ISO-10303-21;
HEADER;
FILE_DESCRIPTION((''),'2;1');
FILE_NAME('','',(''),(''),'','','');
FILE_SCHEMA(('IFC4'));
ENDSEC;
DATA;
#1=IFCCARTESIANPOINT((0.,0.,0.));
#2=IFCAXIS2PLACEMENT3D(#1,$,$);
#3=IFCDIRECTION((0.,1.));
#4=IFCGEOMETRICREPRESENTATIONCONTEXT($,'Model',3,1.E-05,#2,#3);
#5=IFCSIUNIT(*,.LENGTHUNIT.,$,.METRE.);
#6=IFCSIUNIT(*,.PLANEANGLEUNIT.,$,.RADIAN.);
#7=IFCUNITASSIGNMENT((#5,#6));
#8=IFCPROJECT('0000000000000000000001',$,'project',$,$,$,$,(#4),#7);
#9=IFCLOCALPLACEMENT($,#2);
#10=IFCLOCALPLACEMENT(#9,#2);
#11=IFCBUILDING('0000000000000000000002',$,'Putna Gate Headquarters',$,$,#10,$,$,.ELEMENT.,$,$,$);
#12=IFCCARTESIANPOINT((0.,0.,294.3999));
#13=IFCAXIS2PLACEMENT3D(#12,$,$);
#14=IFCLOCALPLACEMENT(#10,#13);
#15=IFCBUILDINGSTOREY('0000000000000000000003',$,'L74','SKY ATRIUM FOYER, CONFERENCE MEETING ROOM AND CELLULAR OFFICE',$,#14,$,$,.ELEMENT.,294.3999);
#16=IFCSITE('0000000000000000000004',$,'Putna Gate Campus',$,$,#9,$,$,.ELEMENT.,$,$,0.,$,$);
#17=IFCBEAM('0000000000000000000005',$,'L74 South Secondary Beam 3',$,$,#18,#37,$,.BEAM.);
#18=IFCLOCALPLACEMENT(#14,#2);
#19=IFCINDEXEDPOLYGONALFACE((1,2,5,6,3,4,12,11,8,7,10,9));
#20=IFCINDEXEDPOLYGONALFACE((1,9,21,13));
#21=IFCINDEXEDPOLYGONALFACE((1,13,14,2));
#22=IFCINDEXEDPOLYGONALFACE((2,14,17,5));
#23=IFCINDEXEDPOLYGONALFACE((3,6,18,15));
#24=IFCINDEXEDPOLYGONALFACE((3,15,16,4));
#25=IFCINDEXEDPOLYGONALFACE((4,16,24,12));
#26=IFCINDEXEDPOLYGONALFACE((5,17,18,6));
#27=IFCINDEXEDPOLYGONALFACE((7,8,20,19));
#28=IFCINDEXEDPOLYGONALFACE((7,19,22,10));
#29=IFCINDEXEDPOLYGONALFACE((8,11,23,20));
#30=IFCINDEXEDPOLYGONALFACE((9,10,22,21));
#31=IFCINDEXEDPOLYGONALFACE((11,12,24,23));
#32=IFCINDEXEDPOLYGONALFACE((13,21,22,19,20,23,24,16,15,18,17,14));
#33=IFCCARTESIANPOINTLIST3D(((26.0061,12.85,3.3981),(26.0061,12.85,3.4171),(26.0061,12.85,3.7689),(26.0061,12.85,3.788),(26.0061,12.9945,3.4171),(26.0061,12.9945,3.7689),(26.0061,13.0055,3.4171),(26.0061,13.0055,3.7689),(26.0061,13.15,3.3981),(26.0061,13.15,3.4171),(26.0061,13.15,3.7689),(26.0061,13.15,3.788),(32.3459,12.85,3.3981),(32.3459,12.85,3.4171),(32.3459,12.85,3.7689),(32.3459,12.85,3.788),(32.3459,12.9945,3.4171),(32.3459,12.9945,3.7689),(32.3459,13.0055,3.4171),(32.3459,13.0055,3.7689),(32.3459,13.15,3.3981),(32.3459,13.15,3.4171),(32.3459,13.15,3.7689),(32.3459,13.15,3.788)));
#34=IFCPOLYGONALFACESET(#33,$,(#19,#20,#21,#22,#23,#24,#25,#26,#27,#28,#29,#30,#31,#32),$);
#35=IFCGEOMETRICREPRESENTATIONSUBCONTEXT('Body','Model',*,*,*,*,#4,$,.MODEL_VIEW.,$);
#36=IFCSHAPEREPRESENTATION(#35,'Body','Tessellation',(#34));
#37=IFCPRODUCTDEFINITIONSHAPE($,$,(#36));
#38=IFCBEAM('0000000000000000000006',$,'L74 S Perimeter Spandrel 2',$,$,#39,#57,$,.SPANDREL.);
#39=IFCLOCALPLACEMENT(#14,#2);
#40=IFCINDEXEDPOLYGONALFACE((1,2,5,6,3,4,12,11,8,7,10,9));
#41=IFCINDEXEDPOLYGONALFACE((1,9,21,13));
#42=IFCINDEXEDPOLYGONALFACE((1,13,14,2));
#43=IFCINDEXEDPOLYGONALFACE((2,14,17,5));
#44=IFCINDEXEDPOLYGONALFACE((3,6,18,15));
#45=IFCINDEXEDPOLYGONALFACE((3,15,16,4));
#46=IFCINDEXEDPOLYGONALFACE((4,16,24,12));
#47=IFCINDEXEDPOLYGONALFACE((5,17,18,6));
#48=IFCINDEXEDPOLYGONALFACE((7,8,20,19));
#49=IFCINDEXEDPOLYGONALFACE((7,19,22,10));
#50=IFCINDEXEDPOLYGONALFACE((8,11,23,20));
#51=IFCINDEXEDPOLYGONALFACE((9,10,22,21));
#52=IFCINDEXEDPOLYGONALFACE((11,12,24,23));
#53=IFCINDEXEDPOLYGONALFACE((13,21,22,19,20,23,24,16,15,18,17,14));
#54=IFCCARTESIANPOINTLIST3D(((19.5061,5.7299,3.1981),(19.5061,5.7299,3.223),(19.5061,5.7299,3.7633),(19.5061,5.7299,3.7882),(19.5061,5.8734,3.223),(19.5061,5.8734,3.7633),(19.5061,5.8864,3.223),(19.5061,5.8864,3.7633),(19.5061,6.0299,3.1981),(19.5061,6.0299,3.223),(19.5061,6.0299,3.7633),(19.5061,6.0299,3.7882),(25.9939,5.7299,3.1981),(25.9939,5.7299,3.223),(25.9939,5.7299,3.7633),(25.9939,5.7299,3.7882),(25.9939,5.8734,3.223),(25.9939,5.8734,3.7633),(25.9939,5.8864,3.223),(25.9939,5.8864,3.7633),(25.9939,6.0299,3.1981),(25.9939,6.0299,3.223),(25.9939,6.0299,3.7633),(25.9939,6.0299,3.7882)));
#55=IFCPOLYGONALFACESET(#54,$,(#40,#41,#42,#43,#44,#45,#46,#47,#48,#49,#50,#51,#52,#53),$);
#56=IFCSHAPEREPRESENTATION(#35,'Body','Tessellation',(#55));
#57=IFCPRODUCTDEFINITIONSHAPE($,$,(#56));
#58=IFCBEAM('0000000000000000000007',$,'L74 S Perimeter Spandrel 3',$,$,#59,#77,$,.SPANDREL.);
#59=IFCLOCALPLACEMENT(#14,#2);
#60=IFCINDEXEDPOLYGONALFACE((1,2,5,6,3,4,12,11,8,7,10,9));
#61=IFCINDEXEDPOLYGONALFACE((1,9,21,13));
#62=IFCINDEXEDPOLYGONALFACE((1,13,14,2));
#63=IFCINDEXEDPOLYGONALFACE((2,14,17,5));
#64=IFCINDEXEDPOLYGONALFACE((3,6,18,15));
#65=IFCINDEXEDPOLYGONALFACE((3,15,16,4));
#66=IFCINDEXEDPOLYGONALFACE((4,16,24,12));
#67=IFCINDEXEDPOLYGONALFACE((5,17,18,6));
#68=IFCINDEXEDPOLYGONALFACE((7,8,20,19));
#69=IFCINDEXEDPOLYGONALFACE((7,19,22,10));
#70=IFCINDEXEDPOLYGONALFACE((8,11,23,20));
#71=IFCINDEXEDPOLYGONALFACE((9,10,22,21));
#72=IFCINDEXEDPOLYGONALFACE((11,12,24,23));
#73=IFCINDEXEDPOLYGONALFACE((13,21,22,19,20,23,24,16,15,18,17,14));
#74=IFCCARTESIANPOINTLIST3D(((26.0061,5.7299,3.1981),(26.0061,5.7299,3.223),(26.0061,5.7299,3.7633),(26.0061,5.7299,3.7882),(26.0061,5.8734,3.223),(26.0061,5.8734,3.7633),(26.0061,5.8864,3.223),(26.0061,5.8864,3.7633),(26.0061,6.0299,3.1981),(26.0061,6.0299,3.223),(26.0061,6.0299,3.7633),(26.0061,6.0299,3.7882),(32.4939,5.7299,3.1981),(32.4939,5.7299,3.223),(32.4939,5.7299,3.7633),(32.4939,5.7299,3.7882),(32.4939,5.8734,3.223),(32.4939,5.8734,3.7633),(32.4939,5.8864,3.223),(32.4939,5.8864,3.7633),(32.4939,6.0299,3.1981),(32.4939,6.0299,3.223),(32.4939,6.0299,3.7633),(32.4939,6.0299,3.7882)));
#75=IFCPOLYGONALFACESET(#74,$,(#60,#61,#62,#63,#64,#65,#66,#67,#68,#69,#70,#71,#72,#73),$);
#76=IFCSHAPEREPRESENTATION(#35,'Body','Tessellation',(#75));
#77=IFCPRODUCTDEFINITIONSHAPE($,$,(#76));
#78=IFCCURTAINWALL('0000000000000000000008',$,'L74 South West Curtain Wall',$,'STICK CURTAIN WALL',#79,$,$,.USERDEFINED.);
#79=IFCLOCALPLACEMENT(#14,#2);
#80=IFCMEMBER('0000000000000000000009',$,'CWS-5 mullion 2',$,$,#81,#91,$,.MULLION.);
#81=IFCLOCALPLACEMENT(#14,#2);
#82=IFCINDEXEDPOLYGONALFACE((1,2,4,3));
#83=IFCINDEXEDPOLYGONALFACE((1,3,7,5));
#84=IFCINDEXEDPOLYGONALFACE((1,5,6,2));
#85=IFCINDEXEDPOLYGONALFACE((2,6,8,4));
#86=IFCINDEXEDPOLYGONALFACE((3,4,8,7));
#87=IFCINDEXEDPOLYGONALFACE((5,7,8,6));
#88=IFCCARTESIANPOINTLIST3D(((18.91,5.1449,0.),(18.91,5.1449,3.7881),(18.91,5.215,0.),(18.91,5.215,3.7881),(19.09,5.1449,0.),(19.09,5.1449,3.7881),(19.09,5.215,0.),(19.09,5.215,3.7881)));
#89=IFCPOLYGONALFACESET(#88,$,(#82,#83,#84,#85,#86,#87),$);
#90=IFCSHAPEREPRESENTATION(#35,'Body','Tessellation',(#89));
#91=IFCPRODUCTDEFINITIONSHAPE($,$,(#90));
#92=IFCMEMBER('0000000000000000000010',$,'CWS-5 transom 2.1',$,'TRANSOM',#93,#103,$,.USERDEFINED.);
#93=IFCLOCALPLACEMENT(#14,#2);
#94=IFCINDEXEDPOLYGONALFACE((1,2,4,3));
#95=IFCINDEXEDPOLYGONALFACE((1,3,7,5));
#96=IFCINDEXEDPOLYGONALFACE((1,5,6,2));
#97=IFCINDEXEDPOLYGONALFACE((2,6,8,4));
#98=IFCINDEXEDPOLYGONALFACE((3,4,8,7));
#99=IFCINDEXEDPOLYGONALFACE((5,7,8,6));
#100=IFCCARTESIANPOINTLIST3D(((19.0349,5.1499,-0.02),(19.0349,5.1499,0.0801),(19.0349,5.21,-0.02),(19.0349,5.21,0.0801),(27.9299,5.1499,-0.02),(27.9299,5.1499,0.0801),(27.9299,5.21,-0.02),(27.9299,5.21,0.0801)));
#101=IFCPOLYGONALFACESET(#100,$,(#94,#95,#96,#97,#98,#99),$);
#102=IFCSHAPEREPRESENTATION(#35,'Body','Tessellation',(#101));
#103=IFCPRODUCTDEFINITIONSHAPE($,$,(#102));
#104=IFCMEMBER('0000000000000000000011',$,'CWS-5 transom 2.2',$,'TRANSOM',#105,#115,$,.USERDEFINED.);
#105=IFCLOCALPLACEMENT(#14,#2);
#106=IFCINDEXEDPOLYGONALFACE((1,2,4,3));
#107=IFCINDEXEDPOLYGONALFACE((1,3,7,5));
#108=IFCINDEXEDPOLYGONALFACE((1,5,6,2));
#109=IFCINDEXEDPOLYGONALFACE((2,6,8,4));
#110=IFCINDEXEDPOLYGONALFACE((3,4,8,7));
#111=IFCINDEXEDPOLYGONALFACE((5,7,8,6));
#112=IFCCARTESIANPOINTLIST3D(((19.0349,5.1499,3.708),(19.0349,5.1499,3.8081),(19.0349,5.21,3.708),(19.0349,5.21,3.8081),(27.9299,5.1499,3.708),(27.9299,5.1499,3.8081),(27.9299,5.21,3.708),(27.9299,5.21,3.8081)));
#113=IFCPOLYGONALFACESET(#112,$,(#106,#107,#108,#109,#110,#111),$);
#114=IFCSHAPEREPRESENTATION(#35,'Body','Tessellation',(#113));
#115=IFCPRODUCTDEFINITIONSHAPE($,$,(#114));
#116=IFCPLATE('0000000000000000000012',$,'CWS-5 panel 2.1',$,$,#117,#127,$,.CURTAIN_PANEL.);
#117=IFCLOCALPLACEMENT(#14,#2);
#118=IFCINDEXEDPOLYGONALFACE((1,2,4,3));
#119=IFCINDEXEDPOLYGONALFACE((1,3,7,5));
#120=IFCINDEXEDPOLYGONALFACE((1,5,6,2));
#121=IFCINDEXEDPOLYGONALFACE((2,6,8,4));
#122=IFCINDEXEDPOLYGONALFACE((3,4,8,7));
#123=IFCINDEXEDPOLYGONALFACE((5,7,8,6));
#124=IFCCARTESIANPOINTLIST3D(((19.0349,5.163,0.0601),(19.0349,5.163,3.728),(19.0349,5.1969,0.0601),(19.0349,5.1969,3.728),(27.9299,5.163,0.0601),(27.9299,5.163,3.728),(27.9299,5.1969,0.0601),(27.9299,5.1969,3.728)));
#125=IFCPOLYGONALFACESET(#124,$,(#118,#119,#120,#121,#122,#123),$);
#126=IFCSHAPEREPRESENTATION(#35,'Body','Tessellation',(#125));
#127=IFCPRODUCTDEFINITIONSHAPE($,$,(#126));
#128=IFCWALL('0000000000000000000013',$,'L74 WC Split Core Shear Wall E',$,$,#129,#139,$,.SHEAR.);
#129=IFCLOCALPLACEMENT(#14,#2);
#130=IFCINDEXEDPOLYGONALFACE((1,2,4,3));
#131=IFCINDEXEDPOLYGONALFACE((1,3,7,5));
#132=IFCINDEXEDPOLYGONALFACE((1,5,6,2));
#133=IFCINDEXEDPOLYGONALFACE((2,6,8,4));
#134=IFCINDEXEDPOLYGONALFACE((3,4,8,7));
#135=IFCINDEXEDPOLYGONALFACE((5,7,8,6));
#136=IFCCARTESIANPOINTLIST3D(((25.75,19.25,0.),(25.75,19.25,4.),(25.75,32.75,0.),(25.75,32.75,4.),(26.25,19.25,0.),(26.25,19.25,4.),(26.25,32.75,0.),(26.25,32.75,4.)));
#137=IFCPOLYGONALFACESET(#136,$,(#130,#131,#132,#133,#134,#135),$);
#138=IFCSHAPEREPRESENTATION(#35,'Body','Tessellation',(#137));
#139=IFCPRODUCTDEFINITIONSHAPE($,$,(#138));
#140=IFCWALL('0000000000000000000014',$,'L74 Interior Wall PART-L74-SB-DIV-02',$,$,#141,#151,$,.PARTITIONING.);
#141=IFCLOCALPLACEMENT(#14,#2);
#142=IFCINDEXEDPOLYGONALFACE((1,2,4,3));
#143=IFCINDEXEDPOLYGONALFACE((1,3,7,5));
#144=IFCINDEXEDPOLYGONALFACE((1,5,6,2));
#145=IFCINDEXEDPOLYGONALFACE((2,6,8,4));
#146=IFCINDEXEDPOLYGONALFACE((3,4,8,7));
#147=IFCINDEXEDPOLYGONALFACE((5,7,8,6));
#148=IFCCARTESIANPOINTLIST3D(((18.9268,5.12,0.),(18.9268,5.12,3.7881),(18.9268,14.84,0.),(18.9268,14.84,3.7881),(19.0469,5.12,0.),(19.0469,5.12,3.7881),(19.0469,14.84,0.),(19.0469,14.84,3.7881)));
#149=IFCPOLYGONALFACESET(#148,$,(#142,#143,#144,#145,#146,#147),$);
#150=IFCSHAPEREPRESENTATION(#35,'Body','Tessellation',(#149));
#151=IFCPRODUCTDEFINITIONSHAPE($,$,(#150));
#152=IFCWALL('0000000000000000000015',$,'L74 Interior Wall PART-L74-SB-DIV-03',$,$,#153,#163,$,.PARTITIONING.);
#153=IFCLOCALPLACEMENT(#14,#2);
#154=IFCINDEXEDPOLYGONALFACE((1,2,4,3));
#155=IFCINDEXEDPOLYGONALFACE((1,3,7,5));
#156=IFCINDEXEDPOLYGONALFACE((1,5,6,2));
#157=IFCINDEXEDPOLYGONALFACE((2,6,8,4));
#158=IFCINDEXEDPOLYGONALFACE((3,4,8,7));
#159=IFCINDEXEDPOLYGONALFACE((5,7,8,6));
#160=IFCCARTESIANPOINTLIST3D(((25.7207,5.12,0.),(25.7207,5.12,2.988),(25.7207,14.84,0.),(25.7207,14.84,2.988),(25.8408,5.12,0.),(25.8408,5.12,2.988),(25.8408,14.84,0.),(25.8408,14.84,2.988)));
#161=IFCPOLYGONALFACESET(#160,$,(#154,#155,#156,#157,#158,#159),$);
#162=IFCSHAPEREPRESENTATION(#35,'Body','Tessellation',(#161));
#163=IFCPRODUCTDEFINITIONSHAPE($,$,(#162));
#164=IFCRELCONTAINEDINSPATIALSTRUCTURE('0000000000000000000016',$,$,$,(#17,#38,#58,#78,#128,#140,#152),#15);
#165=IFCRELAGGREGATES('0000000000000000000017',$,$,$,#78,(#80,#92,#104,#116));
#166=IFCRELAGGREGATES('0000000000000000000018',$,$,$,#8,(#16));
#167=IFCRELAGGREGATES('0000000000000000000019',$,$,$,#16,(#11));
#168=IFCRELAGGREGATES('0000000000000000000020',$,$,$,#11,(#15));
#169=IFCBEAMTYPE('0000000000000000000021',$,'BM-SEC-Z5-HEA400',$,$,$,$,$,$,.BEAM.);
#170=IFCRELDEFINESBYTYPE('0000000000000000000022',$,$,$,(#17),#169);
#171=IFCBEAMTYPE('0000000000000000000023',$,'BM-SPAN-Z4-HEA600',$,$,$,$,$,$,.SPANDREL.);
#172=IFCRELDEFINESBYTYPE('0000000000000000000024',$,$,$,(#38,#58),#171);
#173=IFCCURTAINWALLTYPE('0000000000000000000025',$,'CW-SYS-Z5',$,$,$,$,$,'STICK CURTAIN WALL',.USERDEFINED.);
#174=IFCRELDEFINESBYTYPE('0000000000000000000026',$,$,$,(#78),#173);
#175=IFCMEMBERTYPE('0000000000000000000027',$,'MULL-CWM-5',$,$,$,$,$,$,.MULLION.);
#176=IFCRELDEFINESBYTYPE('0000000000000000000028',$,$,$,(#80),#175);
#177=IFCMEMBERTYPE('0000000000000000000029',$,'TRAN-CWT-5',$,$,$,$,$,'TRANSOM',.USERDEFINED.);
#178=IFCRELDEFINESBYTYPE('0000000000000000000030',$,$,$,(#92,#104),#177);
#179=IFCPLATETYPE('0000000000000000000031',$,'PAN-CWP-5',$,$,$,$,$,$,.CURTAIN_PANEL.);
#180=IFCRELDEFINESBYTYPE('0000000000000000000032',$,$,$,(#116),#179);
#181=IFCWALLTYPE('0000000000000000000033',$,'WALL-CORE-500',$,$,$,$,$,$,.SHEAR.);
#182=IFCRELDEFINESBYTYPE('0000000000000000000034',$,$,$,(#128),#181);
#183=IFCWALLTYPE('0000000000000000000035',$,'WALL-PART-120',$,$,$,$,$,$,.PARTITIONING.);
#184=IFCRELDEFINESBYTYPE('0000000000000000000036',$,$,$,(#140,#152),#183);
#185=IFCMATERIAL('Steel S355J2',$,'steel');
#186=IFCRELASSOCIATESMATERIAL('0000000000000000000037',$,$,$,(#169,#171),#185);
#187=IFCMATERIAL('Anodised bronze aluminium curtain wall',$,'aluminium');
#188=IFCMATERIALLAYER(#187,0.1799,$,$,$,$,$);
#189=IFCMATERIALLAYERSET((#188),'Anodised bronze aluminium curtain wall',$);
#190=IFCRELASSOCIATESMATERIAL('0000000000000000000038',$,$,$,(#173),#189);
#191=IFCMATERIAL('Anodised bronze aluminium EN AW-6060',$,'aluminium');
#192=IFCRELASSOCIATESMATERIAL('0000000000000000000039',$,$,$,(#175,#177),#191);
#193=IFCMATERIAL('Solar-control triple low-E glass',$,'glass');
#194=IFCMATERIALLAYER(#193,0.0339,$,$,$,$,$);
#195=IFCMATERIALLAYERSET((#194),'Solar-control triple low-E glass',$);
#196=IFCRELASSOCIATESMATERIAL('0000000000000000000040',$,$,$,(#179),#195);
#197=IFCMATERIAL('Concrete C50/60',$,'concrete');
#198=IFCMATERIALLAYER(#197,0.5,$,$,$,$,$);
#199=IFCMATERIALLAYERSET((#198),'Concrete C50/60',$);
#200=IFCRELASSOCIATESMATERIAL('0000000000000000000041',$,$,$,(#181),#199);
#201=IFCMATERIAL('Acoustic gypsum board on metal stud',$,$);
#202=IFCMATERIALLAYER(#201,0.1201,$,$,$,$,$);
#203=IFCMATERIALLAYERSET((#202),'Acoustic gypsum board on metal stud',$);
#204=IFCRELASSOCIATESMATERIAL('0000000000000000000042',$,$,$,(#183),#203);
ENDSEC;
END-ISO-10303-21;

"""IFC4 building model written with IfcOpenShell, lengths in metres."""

from ifc_helpers import new_model, si_unit, direction, frame, frame_2d, origin, origin_2d, place, context, subcontext, project, spatial, rectangle, i_section, extrude, material, layer, layer_set, material_profile, profile_set, type_object, element, aggregate, save


model = new_model("IFC4")

# Units and contexts
model_context = context("Model", 3, precision=1e-05, world=origin(), true_north=direction((0.0, 1.0)))
body_context = subcontext(model_context, "Body", "Model", "MODEL_VIEW")
ifc_project = project(units=[si_unit("LENGTHUNIT", "METRE"), si_unit("PLANEANGLEUNIT", "RADIAN")], contexts=[model_context])

# Site, building, storey
site_placement = place(None, origin())
site = spatial("IfcSite", under=ifc_project, at=site_placement, Name="Putna Gate Campus", CompositionType="ELEMENT", RefElevation=0.0)
building_placement = place(site_placement, origin())
building = spatial("IfcBuilding", under=site, at=building_placement, Name="Putna Gate Headquarters", CompositionType="ELEMENT")
storey_placement = place(building_placement, frame((0.0, 0.0, 294.3999)))
storey = spatial("IfcBuildingStorey", under=building, at=storey_placement, Name="L74", Description="SKY ATRIUM FOYER, CONFERENCE MEETING ROOM AND CELLULAR OFFICE", CompositionType="ELEMENT", Elevation=294.3999)

# Beams
ifc_material_1 = material(Name="Steel S355J2", Category="steel")
ifc_material_profile_1 = material_profile(ifc_material_1, i_section(OverallWidth=0.3, OverallDepth=0.3899, WebThickness=0.011, FlangeThickness=0.019, at=origin_2d()), Name="Steel S355J2")
ifc_profile_set_1 = profile_set([ifc_material_profile_1], Name="Steel S355J2")
beam_type_1 = type_object("IfcBeamType", Name="BM-SEC-Z5-HEA400", PredefinedType="BEAM", material=ifc_profile_set_1)
for number, where, z_axis, x_axis, name in (
    (1, (26.0061, 13.0, 3.593), (1.0, 0.0, 0.0), (0.0, 1.0, 0.0), "L74 South Secondary Beam 3"),
):
    element("IfcBeam", number, at=place(storey_placement, frame(where, z_axis=z_axis, x_axis=x_axis)), inside=storey, type_object=beam_type_1, Name=name, PredefinedType="BEAM", context=body_context, shape_type="SweptSolid", body=[
        extrude(i_section(OverallWidth=0.3, OverallDepth=0.3899, WebThickness=0.011, FlangeThickness=0.019, at=origin_2d()), origin(), (0.0, 0.0, 1.0), 6.3398),
    ])
ifc_material_profile_2 = material_profile(ifc_material_1, i_section(OverallWidth=0.3, OverallDepth=0.5901, WebThickness=0.0129, FlangeThickness=0.0249, at=origin_2d()), Name="Steel S355J2")
ifc_profile_set_2 = profile_set([ifc_material_profile_2], Name="Steel S355J2")
beam_type_2 = type_object("IfcBeamType", Name="BM-SPAN-Z4-HEA600", PredefinedType="SPANDREL", material=ifc_profile_set_2)
for number, where, z_axis, x_axis, name in (
    (2, (19.5061, 5.8799, 3.4932), (1.0, 0.0, 0.0), (0.0, 1.0, 0.0), "L74 S Perimeter Spandrel 2"),
    (3, (26.0061, 5.8799, 3.4932), (1.0, 0.0, 0.0), (0.0, 1.0, 0.0), "L74 S Perimeter Spandrel 3"),
):
    element("IfcBeam", number, at=place(storey_placement, frame(where, z_axis=z_axis, x_axis=x_axis)), inside=storey, type_object=beam_type_2, Name=name, PredefinedType="SPANDREL", context=body_context, shape_type="SweptSolid", body=[
        extrude(i_section(OverallWidth=0.3, OverallDepth=0.5901, WebThickness=0.0129, FlangeThickness=0.0249, at=origin_2d()), origin(), (0.0, 0.0, 1.0), 6.4878),
    ])

# Curtain wall, members, plate
ifc_material_2 = material(Name="Anodised bronze aluminium curtain wall", Category="aluminium")
ifc_layer_1 = layer(ifc_material_2, 0.1799)
ifc_layer_set_1 = layer_set([ifc_layer_1], Name="Anodised bronze aluminium curtain wall")
curtain_wall_type = type_object("IfcCurtainWallType", Name="CW-SYS-Z5", ElementType="STICK CURTAIN WALL", PredefinedType="USERDEFINED", material=ifc_layer_set_1)
curtain_wall_placement = place(storey_placement, origin())
curtain_wall = element("IfcCurtainWall", 4, at=curtain_wall_placement, inside=storey, type_object=curtain_wall_type, Name="L74 South West Curtain Wall", ObjectType="STICK CURTAIN WALL", PredefinedType="USERDEFINED")
ifc_material_3 = material(Name="Anodised bronze aluminium EN AW-6060", Category="aluminium")
ifc_material_profile_3 = material_profile(ifc_material_3, rectangle(XDim=0.0701, YDim=0.1799, at=origin_2d()), Name="Anodised bronze aluminium EN AW-6060")
ifc_profile_set_3 = profile_set([ifc_material_profile_3], Name="Anodised bronze aluminium EN AW-6060")
member_type_1 = type_object("IfcMemberType", Name="MULL-CWM-5", PredefinedType="MULLION", material=ifc_profile_set_3)
member_1_placement = place(storey_placement, frame((19.0, 5.1799, 0.0), z_axis=(0.0, 0.0, 1.0), x_axis=(0.0, 1.0, 0.0)))
member_1 = element("IfcMember", 5, at=member_1_placement, type_object=member_type_1, Name="CWS-5 mullion 2", PredefinedType="MULLION", context=body_context, shape_type="SweptSolid", body=[
    extrude(rectangle(XDim=0.0701, YDim=0.1799, at=origin_2d()), origin(), (0.0, 0.0, 1.0), 3.7881),
])
ifc_material_profile_4 = material_profile(ifc_material_3, rectangle(XDim=0.0601, YDim=0.1001, at=origin_2d()), Name="Anodised bronze aluminium EN AW-6060")
ifc_profile_set_4 = profile_set([ifc_material_profile_4], Name="Anodised bronze aluminium EN AW-6060")
member_type_2 = type_object("IfcMemberType", Name="TRAN-CWT-5", ElementType="TRANSOM", PredefinedType="USERDEFINED", material=ifc_profile_set_4)
member_2_placement = place(storey_placement, frame((19.0349, 5.1799, 0.03), z_axis=(1.0, 0.0, 0.0), x_axis=(0.0, 1.0, 0.0)))
member_2 = element("IfcMember", 6, at=member_2_placement, type_object=member_type_2, Name="CWS-5 transom 2.1", ObjectType="TRANSOM", PredefinedType="USERDEFINED", context=body_context, shape_type="SweptSolid", body=[
    extrude(rectangle(XDim=0.0601, YDim=0.1001, at=origin_2d()), origin(), (0.0, 0.0, 1.0), 8.895),
])
member_3_placement = place(storey_placement, frame((19.0349, 5.1799, 3.7581), z_axis=(1.0, 0.0, 0.0), x_axis=(0.0, 1.0, 0.0)))
member_3 = element("IfcMember", 7, at=member_3_placement, type_object=member_type_2, Name="CWS-5 transom 2.2", ObjectType="TRANSOM", PredefinedType="USERDEFINED", context=body_context, shape_type="SweptSolid", body=[
    extrude(rectangle(XDim=0.0601, YDim=0.1001, at=origin_2d()), origin(), (0.0, 0.0, 1.0), 8.895),
])
ifc_material_4 = material(Name="Solar-control triple low-E glass", Category="glass")
ifc_layer_2 = layer(ifc_material_4, 0.0339)
ifc_layer_set_2 = layer_set([ifc_layer_2], Name="Solar-control triple low-E glass")
plate_type = type_object("IfcPlateType", Name="PAN-CWP-5", PredefinedType="CURTAIN_PANEL", material=ifc_layer_set_2)
plate_placement = place(storey_placement, frame((23.4824, 5.1799, 0.0601), z_axis=(0.0, 0.0, 1.0), x_axis=(1.0, 0.0, 0.0)))
plate = element("IfcPlate", 8, at=plate_placement, type_object=plate_type, Name="CWS-5 panel 2.1", PredefinedType="CURTAIN_PANEL", context=body_context, shape_type="SweptSolid", body=[
    extrude(rectangle(XDim=8.895, YDim=0.0339, at=origin_2d()), origin(), (0.0, 0.0, 1.0), 3.668),
])
aggregate(curtain_wall, [member_1, member_2, member_3, plate])

# Walls
ifc_material_5 = material(Name="Concrete C50/60", Category="concrete")
ifc_layer_3 = layer(ifc_material_5, 0.5)
ifc_layer_set_3 = layer_set([ifc_layer_3], Name="Concrete C50/60")
wall_type_1 = type_object("IfcWallType", Name="WALL-CORE-500", PredefinedType="SHEAR", material=ifc_layer_set_3)
wall_1_placement = place(storey_placement, frame((26.0, 19.25, 0.0), z_axis=(0.0, 0.0, 1.0), x_axis=(0.0, 1.0, 0.0)))
element("IfcWall", 9, at=wall_1_placement, inside=storey, type_object=wall_type_1, Name="L74 WC Split Core Shear Wall E", PredefinedType="SHEAR", context=body_context, shape_type="SweptSolid", body=[
    extrude(rectangle(XDim=13.5, YDim=0.5, at=frame_2d((6.75, 0.0))), origin(), (0.0, 0.0, 1.0), 4.0),
])
ifc_material_6 = material(Name="Acoustic gypsum board on metal stud")
ifc_layer_4 = layer(ifc_material_6, 0.1201)
ifc_layer_set_4 = layer_set([ifc_layer_4], Name="Acoustic gypsum board on metal stud")
wall_type_2 = type_object("IfcWallType", Name="WALL-PART-120", PredefinedType="PARTITIONING", material=ifc_layer_set_4)
wall_2_placement = place(storey_placement, frame((18.9868, 5.1201, 0.0), z_axis=(0.0, 0.0, 1.0), x_axis=(0.0, 1.0, 0.0)))
element("IfcWall", 10, at=wall_2_placement, inside=storey, type_object=wall_type_2, Name="L74 Interior Wall PART-L74-SB-DIV-02", PredefinedType="PARTITIONING", context=body_context, shape_type="SweptSolid", body=[
    extrude(rectangle(XDim=9.72, YDim=0.1201, at=frame_2d((4.8599, 0.0))), origin(), (0.0, 0.0, 1.0), 3.7881),
])
wall_3_placement = place(storey_placement, frame((25.7808, 5.1201, 0.0), z_axis=(0.0, 0.0, 1.0), x_axis=(0.0, 1.0, 0.0)))
element("IfcWall", 11, at=wall_3_placement, inside=storey, type_object=wall_type_2, Name="L74 Interior Wall PART-L74-SB-DIV-03", PredefinedType="PARTITIONING", context=body_context, shape_type="SweptSolid", body=[
    extrude(rectangle(XDim=9.72, YDim=0.1201, at=frame_2d((4.8599, 0.0))), origin(), (0.0, 0.0, 1.0), 2.988),
])

save(model, "model.ifc")
